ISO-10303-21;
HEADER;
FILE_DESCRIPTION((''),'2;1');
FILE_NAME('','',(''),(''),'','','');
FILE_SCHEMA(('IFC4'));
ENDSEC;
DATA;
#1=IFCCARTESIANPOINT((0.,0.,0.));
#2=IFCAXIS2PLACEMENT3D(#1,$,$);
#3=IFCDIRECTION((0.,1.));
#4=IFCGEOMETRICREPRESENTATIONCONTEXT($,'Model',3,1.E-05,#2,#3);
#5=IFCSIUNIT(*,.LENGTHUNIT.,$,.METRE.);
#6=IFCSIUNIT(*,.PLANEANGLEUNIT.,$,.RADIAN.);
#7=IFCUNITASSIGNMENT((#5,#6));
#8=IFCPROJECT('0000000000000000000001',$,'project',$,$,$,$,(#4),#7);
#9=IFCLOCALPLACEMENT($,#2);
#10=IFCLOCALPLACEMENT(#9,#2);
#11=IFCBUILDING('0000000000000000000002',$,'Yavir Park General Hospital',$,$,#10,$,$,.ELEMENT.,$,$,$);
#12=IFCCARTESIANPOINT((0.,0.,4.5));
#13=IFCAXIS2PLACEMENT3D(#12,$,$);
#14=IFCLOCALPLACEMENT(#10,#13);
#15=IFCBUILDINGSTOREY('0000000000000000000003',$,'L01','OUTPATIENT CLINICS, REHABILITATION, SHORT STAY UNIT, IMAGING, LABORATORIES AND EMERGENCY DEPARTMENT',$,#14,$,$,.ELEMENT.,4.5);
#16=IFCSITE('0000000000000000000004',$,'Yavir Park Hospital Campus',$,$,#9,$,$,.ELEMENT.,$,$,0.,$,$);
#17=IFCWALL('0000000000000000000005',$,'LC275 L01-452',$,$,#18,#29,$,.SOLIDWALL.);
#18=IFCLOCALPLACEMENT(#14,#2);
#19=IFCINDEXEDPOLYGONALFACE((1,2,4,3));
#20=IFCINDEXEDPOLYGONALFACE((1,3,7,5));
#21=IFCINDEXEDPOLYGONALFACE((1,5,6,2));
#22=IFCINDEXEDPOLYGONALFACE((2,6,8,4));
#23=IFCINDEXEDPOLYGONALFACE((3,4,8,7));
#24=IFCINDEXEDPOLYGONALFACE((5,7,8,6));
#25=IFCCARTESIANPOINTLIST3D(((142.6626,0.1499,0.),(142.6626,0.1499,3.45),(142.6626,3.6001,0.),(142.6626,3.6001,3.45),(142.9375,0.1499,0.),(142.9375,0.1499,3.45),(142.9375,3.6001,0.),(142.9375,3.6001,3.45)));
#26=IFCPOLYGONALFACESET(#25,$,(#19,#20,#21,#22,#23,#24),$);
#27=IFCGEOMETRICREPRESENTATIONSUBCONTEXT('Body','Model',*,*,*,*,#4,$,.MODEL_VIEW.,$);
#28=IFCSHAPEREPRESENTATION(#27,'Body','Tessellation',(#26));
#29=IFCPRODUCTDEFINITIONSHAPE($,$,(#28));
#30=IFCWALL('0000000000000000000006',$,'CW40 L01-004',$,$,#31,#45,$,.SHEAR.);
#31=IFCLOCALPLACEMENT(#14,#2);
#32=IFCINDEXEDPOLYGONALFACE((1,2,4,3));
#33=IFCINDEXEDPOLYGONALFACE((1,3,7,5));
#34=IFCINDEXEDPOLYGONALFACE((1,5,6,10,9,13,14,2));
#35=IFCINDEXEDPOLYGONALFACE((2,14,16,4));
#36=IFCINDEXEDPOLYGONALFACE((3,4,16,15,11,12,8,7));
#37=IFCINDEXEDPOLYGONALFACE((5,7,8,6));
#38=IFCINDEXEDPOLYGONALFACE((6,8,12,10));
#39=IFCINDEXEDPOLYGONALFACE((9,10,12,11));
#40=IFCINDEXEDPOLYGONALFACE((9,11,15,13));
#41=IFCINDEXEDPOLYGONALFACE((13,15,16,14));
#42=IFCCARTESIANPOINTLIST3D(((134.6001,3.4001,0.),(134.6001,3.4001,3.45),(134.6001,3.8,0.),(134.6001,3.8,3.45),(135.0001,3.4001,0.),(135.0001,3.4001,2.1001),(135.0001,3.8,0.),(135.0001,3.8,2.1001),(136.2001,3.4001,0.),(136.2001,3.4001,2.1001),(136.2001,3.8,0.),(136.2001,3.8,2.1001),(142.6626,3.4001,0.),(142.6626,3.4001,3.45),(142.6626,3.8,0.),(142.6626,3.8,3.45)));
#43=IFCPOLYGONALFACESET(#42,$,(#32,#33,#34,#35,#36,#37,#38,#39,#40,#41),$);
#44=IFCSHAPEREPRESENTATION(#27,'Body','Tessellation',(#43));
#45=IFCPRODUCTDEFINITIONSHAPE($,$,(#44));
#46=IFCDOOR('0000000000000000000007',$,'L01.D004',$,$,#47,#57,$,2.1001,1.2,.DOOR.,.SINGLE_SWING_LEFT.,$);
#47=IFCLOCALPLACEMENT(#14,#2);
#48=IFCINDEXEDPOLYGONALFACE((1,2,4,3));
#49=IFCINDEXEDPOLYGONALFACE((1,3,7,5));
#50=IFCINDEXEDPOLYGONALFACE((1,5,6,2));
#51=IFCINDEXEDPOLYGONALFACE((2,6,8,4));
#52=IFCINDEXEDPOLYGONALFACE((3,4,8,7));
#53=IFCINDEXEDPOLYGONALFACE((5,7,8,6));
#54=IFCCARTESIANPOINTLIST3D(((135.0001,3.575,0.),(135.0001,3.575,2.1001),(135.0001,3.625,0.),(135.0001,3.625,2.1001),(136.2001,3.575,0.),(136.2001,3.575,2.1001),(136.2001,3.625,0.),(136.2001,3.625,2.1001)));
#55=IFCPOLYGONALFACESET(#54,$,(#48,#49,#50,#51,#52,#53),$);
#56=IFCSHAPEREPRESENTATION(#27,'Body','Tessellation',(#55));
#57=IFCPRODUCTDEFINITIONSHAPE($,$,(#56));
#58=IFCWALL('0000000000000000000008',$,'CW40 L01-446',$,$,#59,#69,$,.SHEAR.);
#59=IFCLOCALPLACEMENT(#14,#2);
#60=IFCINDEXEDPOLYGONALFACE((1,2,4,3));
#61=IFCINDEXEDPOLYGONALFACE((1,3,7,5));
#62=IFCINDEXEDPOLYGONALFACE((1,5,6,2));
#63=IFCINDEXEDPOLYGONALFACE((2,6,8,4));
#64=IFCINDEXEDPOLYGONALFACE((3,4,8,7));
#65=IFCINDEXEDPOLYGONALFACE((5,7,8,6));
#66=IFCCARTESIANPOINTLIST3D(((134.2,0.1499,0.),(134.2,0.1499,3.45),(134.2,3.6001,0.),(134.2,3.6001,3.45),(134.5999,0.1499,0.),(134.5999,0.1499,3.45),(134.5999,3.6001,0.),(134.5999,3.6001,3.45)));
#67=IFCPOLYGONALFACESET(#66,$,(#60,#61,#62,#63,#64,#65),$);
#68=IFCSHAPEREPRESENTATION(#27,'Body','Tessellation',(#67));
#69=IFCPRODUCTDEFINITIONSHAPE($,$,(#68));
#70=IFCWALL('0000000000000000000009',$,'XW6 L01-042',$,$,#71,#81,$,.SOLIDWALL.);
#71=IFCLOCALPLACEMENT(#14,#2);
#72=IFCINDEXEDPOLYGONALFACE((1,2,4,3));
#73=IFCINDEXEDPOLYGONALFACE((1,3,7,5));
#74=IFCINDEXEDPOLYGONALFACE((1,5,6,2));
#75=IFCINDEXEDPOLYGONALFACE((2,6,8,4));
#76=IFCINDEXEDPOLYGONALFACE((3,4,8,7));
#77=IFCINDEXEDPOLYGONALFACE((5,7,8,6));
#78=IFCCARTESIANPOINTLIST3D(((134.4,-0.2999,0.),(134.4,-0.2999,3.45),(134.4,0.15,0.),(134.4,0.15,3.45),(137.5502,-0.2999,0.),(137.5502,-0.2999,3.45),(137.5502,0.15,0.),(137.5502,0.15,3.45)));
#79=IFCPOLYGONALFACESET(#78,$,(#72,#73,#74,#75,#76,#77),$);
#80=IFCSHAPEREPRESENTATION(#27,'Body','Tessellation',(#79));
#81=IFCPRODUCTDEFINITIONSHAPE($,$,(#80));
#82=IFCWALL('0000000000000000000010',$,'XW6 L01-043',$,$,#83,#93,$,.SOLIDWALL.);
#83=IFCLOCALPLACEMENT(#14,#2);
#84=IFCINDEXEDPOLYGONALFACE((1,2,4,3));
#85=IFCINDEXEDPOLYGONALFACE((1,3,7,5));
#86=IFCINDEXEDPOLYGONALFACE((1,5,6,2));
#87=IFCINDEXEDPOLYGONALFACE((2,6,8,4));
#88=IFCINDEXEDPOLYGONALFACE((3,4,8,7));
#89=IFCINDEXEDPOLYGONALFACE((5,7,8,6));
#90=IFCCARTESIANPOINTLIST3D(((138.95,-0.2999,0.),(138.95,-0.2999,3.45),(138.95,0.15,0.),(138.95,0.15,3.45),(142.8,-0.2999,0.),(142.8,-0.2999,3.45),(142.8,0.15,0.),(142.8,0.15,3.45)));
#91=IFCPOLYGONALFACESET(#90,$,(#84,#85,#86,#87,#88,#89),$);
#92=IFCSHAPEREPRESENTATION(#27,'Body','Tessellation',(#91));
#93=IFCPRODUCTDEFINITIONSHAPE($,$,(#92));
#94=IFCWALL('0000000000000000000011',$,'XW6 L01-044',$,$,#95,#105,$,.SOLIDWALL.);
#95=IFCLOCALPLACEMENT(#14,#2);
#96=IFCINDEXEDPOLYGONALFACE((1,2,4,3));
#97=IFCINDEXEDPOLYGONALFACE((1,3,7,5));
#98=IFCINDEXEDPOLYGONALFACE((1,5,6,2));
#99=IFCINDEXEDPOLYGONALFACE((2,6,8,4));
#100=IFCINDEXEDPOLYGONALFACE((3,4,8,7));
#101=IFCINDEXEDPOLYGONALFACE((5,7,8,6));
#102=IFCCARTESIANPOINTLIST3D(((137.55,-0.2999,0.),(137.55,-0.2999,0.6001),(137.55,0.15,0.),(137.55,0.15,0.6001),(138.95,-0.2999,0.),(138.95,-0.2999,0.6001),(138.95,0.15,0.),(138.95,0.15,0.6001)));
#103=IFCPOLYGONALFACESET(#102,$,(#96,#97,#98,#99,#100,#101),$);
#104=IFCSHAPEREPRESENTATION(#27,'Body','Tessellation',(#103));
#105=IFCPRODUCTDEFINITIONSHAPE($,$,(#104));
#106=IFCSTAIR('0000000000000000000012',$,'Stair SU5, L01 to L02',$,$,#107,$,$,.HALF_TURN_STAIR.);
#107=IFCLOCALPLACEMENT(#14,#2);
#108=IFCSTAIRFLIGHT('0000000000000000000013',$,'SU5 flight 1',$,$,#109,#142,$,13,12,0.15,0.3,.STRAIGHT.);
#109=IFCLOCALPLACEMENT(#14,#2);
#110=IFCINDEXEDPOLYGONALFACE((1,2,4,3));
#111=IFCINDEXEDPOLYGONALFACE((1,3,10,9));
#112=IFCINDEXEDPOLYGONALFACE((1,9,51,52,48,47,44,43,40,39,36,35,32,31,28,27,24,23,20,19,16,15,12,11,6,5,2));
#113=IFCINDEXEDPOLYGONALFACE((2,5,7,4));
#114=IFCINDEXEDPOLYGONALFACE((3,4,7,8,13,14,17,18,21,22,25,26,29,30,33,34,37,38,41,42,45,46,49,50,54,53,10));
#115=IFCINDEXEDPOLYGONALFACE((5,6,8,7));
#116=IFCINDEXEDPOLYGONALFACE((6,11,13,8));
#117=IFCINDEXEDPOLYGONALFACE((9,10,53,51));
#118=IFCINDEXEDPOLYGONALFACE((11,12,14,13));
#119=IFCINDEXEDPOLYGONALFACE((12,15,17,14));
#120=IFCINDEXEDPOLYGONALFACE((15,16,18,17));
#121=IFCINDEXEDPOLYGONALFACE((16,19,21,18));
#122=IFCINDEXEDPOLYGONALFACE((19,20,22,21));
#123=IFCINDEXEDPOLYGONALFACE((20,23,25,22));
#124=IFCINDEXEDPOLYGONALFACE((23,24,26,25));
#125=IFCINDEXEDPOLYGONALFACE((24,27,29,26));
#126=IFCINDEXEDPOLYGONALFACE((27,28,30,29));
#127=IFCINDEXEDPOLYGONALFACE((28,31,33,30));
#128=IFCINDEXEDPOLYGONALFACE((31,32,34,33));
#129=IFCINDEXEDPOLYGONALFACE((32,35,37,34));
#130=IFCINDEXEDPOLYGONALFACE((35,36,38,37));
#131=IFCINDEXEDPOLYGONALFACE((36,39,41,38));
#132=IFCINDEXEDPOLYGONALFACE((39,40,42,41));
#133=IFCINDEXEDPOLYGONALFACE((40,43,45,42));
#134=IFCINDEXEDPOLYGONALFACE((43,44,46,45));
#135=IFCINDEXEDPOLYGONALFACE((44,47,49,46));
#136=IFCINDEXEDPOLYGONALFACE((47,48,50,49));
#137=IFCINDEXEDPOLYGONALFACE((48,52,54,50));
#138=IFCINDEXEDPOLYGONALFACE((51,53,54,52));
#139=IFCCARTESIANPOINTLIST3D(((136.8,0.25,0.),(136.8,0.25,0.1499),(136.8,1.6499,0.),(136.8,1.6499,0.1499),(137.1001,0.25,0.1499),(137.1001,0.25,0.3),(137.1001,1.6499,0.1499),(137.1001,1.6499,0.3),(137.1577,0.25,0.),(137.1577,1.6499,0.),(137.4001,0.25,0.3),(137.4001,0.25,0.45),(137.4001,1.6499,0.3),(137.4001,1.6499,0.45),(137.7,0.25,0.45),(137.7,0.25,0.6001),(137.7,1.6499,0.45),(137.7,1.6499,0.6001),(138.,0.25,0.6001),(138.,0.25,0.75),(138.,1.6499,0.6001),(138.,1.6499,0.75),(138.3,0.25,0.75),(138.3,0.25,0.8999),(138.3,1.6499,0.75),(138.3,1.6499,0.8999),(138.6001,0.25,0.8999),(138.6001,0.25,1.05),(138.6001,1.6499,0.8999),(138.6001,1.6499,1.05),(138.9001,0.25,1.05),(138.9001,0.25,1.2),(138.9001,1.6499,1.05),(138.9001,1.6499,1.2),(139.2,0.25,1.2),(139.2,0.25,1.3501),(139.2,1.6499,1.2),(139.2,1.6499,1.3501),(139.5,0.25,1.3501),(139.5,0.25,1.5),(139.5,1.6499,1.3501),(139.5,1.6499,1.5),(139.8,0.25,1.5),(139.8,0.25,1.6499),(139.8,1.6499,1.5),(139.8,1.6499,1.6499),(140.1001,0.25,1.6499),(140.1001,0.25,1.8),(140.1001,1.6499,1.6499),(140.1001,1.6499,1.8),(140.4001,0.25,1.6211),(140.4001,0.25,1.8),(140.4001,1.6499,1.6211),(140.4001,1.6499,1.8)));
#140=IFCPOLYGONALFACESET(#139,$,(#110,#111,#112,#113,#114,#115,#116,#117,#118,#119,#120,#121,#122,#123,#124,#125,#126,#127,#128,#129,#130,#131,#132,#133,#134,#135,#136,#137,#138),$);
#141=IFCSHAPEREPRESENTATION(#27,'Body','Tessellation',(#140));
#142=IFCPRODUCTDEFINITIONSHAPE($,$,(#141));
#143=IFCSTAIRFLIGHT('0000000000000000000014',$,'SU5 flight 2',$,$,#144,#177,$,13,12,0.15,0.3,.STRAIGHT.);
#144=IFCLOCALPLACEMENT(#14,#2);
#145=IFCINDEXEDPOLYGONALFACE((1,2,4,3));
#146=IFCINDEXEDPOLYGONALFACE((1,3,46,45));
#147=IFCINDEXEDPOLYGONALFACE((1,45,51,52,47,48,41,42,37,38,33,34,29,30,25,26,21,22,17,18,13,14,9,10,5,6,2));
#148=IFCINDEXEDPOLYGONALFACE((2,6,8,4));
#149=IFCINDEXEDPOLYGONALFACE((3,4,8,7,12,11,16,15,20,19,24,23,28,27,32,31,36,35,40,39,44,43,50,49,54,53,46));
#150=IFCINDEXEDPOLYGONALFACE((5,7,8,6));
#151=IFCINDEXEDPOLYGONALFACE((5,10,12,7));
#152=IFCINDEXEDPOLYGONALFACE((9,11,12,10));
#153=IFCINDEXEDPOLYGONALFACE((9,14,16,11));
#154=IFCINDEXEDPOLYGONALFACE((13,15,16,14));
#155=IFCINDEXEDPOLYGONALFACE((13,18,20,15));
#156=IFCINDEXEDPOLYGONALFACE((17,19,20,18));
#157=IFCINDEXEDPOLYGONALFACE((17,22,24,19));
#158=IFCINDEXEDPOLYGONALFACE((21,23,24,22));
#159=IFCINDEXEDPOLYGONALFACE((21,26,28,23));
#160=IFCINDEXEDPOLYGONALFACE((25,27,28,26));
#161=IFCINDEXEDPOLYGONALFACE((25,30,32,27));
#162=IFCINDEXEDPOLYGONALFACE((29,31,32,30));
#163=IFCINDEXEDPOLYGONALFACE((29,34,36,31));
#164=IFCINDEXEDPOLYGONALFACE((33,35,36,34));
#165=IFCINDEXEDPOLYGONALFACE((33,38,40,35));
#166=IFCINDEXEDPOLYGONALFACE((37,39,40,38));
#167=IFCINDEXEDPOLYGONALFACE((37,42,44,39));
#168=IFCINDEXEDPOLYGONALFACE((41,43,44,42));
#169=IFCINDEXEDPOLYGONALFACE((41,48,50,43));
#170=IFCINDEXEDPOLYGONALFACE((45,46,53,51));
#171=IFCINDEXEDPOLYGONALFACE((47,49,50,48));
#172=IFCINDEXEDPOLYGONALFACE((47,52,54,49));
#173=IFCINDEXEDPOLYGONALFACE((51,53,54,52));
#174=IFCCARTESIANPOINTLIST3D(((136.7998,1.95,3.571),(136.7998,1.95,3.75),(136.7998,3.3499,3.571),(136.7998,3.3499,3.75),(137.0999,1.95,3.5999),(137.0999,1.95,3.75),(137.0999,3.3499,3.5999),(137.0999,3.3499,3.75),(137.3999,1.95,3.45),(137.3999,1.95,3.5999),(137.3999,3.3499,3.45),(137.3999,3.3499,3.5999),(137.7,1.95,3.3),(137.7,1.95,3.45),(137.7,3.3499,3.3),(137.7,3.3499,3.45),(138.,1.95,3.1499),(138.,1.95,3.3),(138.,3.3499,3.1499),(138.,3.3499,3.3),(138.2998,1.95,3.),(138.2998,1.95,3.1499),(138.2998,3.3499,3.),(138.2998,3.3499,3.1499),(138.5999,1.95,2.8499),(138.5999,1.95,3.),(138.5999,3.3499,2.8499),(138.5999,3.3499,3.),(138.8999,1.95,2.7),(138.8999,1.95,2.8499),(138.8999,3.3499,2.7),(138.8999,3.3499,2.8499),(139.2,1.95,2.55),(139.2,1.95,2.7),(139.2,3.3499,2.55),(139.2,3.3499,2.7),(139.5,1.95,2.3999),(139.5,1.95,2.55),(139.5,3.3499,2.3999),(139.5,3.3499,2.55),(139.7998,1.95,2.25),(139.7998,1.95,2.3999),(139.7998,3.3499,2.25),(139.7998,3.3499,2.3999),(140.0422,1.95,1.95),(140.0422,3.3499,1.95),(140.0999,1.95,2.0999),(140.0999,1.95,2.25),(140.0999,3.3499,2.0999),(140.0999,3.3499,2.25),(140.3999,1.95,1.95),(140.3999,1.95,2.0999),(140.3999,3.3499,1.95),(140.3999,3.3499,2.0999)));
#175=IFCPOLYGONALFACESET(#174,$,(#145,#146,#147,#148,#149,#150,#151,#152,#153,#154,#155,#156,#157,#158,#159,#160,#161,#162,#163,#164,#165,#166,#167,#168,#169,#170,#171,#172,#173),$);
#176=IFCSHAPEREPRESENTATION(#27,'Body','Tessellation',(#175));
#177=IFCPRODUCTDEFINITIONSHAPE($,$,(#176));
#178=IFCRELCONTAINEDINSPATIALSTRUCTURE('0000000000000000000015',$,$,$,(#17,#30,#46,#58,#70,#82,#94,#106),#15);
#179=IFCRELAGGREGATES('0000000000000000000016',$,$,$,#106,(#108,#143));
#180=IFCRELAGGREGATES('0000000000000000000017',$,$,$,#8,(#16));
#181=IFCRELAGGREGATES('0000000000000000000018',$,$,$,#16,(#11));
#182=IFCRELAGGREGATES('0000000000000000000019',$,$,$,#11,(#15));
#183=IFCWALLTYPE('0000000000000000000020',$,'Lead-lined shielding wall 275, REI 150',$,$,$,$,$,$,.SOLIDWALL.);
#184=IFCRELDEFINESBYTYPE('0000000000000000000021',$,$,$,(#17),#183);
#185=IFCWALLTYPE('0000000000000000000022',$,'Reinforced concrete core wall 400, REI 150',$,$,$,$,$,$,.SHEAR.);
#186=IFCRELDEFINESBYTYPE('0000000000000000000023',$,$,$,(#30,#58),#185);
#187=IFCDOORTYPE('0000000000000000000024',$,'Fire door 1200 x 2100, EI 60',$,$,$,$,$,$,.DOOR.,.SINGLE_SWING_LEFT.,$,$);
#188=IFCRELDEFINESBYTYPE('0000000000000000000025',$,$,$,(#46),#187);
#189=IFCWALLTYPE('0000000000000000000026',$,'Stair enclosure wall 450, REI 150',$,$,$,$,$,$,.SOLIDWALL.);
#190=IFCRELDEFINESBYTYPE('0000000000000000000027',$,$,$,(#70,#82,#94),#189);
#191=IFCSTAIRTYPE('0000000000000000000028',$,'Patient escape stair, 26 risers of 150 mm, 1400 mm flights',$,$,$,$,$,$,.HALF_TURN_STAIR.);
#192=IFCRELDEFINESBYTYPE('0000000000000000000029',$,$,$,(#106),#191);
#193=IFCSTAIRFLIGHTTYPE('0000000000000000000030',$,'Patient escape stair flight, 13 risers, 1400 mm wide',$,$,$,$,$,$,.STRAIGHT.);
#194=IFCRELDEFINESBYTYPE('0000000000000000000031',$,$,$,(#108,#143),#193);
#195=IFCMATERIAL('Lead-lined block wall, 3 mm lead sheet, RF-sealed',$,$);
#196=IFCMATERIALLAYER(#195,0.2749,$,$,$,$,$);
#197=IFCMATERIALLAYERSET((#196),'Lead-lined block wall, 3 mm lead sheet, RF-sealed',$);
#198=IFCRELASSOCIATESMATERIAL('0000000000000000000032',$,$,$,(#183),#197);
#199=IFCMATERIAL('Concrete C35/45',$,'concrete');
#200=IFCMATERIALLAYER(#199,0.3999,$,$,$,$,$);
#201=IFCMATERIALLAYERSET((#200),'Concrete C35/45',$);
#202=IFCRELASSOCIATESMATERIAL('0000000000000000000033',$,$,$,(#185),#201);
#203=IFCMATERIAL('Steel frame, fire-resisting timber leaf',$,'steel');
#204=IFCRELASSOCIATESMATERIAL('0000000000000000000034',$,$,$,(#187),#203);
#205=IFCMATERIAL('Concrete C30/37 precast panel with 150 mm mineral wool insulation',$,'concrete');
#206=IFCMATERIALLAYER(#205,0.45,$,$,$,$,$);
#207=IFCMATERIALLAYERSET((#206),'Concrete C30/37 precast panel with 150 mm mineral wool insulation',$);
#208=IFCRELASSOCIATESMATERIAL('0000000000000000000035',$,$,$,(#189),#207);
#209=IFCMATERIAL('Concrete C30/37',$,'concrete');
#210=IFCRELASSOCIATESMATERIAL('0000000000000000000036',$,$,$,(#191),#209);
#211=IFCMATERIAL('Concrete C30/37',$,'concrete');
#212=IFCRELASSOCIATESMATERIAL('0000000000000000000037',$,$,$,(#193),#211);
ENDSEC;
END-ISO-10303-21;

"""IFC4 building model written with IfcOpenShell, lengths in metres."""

from ifc_helpers import new_model, si_unit, direction, frame, frame_2d, origin, place, context, subcontext, project, spatial, polyline, rectangle, outline, extrude, material, layer, layer_set, type_object, element, fill, aggregate, save


model = new_model("IFC4")

# Units and contexts
model_context = context("Model", 3, precision=1e-05, world=origin(), true_north=direction((0.0, 1.0)))
body_context = subcontext(model_context, "Body", "Model", "MODEL_VIEW")
ifc_project = project(units=[si_unit("LENGTHUNIT", "METRE"), si_unit("PLANEANGLEUNIT", "RADIAN")], contexts=[model_context])

# Site, building, storey
site_placement = place(None, origin())
site = spatial("IfcSite", under=ifc_project, at=site_placement, Name="Yavir Park Hospital Campus", CompositionType="ELEMENT", RefElevation=0.0)
building_placement = place(site_placement, origin())
building = spatial("IfcBuilding", under=site, at=building_placement, Name="Yavir Park General Hospital", CompositionType="ELEMENT")
storey_placement = place(building_placement, frame((0.0, 0.0, 4.5)))
storey = spatial("IfcBuildingStorey", under=building, at=storey_placement, Name="L01", Description="OUTPATIENT CLINICS, REHABILITATION, SHORT STAY UNIT, IMAGING, LABORATORIES AND EMERGENCY DEPARTMENT", CompositionType="ELEMENT", Elevation=4.5)

# Wall
ifc_material_1 = material(Name="Lead-lined block wall, 3 mm lead sheet, RF-sealed")
ifc_layer_1 = layer(ifc_material_1, 0.2749)
ifc_layer_set_1 = layer_set([ifc_layer_1], Name="Lead-lined block wall, 3 mm lead sheet, RF-sealed")
wall_type_1 = type_object("IfcWallType", Name="Lead-lined shielding wall 275, REI 150", PredefinedType="SOLIDWALL", material=ifc_layer_set_1)
wall_1_placement = place(storey_placement, frame((142.8, 0.1499, 0.0), z_axis=(0.0, 0.0, 1.0), x_axis=(0.0, 1.0, 0.0)))
element("IfcWall", 1, at=wall_1_placement, inside=storey, type_object=wall_type_1, Name="LC275 L01-452", PredefinedType="SOLIDWALL", context=body_context, shape_type="SweptSolid", body=[
    extrude(rectangle(XDim=3.4502, YDim=0.2749, at=frame_2d((1.7251, 0.0))), origin(), (0.0, 0.0, 1.0), 3.45),
])

# Wall, opening, door
ifc_material_2 = material(Name="Concrete C35/45", Category="concrete")
ifc_layer_2 = layer(ifc_material_2, 0.3999)
ifc_layer_set_2 = layer_set([ifc_layer_2], Name="Concrete C35/45")
wall_type_2 = type_object("IfcWallType", Name="Reinforced concrete core wall 400, REI 150", PredefinedType="SHEAR", material=ifc_layer_set_2)
wall_2_placement = place(storey_placement, frame((134.6001, 3.6001, 0.0), z_axis=(0.0, 0.0, 1.0), x_axis=(1.0, 0.0, 0.0)))
wall_2 = element("IfcWall", 2, at=wall_2_placement, inside=storey, type_object=wall_type_2, Name="CW40 L01-004", PredefinedType="SHEAR", context=body_context, shape_type="SweptSolid", body=[
    extrude(rectangle(XDim=8.0625, YDim=0.3999, at=frame_2d((4.0312, 0.0))), origin(), (0.0, 0.0, 1.0), 3.45),
])
opening_1_placement = place(wall_2_placement, frame((0.3999, 0.0, 0.0)))
opening_1 = element("IfcOpeningElement", 3, at=opening_1_placement, cuts=wall_2, PredefinedType="OPENING", context=body_context, shape_type="SweptSolid", body=[
    extrude(rectangle(XDim=1.2, YDim=2.1001, at=frame_2d((0.6001, 1.05))), frame((0.0, 0.21, 0.0), z_axis=(0.0, -1.0, 0.0), x_axis=(1.0, 0.0, 0.0)), (0.0, 0.0, 1.0), 0.4199),
])
ifc_material_3 = material(Name="Steel frame, fire-resisting timber leaf", Category="steel")
door_type_1 = type_object("IfcDoorType", Name="Fire door 1200 x 2100, EI 60", OperationType="SINGLE_SWING_LEFT", PredefinedType="DOOR", material=ifc_material_3)
door_1_placement = place(opening_1_placement, origin())
door_1 = element("IfcDoor", 4, at=door_1_placement, inside=storey, type_object=door_type_1, Name="L01.D004", OperationType="SINGLE_SWING_LEFT", OverallHeight=2.1001, OverallWidth=1.2, PredefinedType="DOOR", context=body_context, shape_type="SweptSolid", body=[
    extrude(rectangle(XDim=1.2, YDim=2.1001, at=frame_2d((0.6001, 1.05))), frame((0.0, 0.0249, 0.0), z_axis=(0.0, -1.0, 0.0), x_axis=(1.0, 0.0, 0.0)), (0.0, 0.0, 1.0), 0.05),
])
fill(opening_1, door_1)

# Walls
wall_3_placement = place(storey_placement, frame((134.3999, 0.1499, 0.0), z_axis=(0.0, 0.0, 1.0), x_axis=(0.0, 1.0, 0.0)))
element("IfcWall", 5, at=wall_3_placement, inside=storey, type_object=wall_type_2, Name="CW40 L01-446", PredefinedType="SHEAR", context=body_context, shape_type="SweptSolid", body=[
    extrude(rectangle(XDim=3.4502, YDim=0.3999, at=frame_2d((1.7251, 0.0))), origin(), (0.0, 0.0, 1.0), 3.45),
])
ifc_material_4 = material(Name="Concrete C30/37 precast panel with 150 mm mineral wool insulation", Category="concrete")
ifc_layer_3 = layer(ifc_material_4, 0.45)
ifc_layer_set_3 = layer_set([ifc_layer_3], Name="Concrete C30/37 precast panel with 150 mm mineral wool insulation")
wall_type_3 = type_object("IfcWallType", Name="Stair enclosure wall 450, REI 150", PredefinedType="SOLIDWALL", material=ifc_layer_set_3)
wall_4_placement = place(storey_placement, frame((134.3999, -0.075, 0.0), z_axis=(0.0, 0.0, 1.0), x_axis=(1.0, 0.0, 0.0)))
element("IfcWall", 6, at=wall_4_placement, inside=storey, type_object=wall_type_3, Name="XW6 L01-042", PredefinedType="SOLIDWALL", context=body_context, shape_type="SweptSolid", body=[
    extrude(rectangle(XDim=3.1501, YDim=0.45, at=frame_2d((1.5752, 0.0))), origin(), (0.0, 0.0, 1.0), 3.45),
])
wall_5_placement = place(storey_placement, frame((138.95, -0.075, 0.0), z_axis=(0.0, 0.0, 1.0), x_axis=(1.0, 0.0, 0.0)))
element("IfcWall", 7, at=wall_5_placement, inside=storey, type_object=wall_type_3, Name="XW6 L01-043", PredefinedType="SOLIDWALL", context=body_context, shape_type="SweptSolid", body=[
    extrude(rectangle(XDim=3.8501, YDim=0.45, at=frame_2d((1.925, 0.0))), origin(), (0.0, 0.0, 1.0), 3.45),
])
wall_6_placement = place(storey_placement, frame((137.55, -0.075, 0.0), z_axis=(0.0, 0.0, 1.0), x_axis=(1.0, 0.0, 0.0)))
element("IfcWall", 8, at=wall_6_placement, inside=storey, type_object=wall_type_3, Name="XW6 L01-044", PredefinedType="SOLIDWALL", context=body_context, shape_type="SweptSolid", body=[
    extrude(rectangle(XDim=1.3999, YDim=0.45, at=frame_2d((0.7, 0.0))), origin(), (0.0, 0.0, 1.0), 0.6001),
])

# Stair, stair flights
ifc_material_5 = material(Name="Concrete C30/37", Category="concrete")
stair_type = type_object("IfcStairType", Name="Patient escape stair, 26 risers of 150 mm, 1400 mm flights", PredefinedType="HALF_TURN_STAIR", material=ifc_material_5)
stair_placement = place(storey_placement, origin())
stair = element("IfcStair", 9, at=stair_placement, inside=storey, type_object=stair_type, Name="Stair SU5, L01 to L02", PredefinedType="HALF_TURN_STAIR")
ifc_material_6 = material(Name="Concrete C30/37", Category="concrete")
stair_flight_type = type_object("IfcStairFlightType", Name="Patient escape stair flight, 13 risers, 1400 mm wide", PredefinedType="STRAIGHT", material=ifc_material_6)
stair_flight_1_placement = place(storey_placement, frame((136.8, 0.95, 0.0), z_axis=(0.0, 0.0, 1.0), x_axis=(1.0, 0.0, 0.0)))
stair_flight_1 = element("IfcStairFlight", 10, at=stair_flight_1_placement, type_object=stair_flight_type, Name="SU5 flight 1", NumberOfRisers=13, NumberOfTreads=12, PredefinedType="STRAIGHT", RiserHeight=0.15, TreadLength=0.3, context=body_context, shape_type="SweptSolid", body=[
    extrude(outline(polyline([(0.0, 0.0), (0.0, 0.1499), (0.3, 0.1499), (0.3, 0.3), (0.6001, 0.3), (0.6001, 0.45), (0.8999, 0.45), (0.8999, 0.6001), (1.2, 0.6001), (1.2, 0.75), (1.5, 0.75), (1.5, 0.8999), (1.8, 0.8999), (1.8, 1.05), (2.1001, 1.05), (2.1001, 1.2), (2.3999, 1.2), (2.3999, 1.3501), (2.7, 1.3501), (2.7, 1.5), (3.0, 1.5), (3.0, 1.6499), (3.3, 1.6499), (3.3, 1.8), (3.6001, 1.8), (3.6001, 1.95), (3.6001, 1.6211), (0.3577, 0.0), (0.0, 0.0)])), frame((0.0, 0.7, 0.0), z_axis=(0.0, -1.0, 0.0), x_axis=(1.0, 0.0, 0.0)), (0.0, 0.0, 1.0), 1.3999),
])
stair_flight_2_placement = place(storey_placement, frame((140.3999, 2.6499, 1.95), z_axis=(0.0, 0.0, 1.0), x_axis=(-1.0, 0.0, 0.0)))
stair_flight_2 = element("IfcStairFlight", 11, at=stair_flight_2_placement, type_object=stair_flight_type, Name="SU5 flight 2", NumberOfRisers=13, NumberOfTreads=12, PredefinedType="STRAIGHT", RiserHeight=0.15, TreadLength=0.3, context=body_context, shape_type="SweptSolid", body=[
    extrude(outline(polyline([(0.0, 0.0), (0.0, 0.1499), (0.3, 0.1499), (0.3, 0.3), (0.6001, 0.3), (0.6001, 0.45), (0.8999, 0.45), (0.8999, 0.6001), (1.2, 0.6001), (1.2, 0.75), (1.5, 0.75), (1.5, 0.8999), (1.8, 0.8999), (1.8, 1.05), (2.1001, 1.05), (2.1001, 1.2), (2.3999, 1.2), (2.3999, 1.3501), (2.7, 1.3501), (2.7, 1.5), (3.0, 1.5), (3.0, 1.6499), (3.3, 1.6499), (3.3, 1.8), (3.6001, 1.8), (3.6001, 1.95), (3.6001, 1.6211), (0.3577, 0.0), (0.0, 0.0)])), frame((0.0, 0.7, 0.0), z_axis=(0.0, -1.0, 0.0), x_axis=(1.0, 0.0, 0.0)), (0.0, 0.0, 1.0), 1.3999),
])
aggregate(stair, [stair_flight_1, stair_flight_2])

save(model, "model.ifc")
